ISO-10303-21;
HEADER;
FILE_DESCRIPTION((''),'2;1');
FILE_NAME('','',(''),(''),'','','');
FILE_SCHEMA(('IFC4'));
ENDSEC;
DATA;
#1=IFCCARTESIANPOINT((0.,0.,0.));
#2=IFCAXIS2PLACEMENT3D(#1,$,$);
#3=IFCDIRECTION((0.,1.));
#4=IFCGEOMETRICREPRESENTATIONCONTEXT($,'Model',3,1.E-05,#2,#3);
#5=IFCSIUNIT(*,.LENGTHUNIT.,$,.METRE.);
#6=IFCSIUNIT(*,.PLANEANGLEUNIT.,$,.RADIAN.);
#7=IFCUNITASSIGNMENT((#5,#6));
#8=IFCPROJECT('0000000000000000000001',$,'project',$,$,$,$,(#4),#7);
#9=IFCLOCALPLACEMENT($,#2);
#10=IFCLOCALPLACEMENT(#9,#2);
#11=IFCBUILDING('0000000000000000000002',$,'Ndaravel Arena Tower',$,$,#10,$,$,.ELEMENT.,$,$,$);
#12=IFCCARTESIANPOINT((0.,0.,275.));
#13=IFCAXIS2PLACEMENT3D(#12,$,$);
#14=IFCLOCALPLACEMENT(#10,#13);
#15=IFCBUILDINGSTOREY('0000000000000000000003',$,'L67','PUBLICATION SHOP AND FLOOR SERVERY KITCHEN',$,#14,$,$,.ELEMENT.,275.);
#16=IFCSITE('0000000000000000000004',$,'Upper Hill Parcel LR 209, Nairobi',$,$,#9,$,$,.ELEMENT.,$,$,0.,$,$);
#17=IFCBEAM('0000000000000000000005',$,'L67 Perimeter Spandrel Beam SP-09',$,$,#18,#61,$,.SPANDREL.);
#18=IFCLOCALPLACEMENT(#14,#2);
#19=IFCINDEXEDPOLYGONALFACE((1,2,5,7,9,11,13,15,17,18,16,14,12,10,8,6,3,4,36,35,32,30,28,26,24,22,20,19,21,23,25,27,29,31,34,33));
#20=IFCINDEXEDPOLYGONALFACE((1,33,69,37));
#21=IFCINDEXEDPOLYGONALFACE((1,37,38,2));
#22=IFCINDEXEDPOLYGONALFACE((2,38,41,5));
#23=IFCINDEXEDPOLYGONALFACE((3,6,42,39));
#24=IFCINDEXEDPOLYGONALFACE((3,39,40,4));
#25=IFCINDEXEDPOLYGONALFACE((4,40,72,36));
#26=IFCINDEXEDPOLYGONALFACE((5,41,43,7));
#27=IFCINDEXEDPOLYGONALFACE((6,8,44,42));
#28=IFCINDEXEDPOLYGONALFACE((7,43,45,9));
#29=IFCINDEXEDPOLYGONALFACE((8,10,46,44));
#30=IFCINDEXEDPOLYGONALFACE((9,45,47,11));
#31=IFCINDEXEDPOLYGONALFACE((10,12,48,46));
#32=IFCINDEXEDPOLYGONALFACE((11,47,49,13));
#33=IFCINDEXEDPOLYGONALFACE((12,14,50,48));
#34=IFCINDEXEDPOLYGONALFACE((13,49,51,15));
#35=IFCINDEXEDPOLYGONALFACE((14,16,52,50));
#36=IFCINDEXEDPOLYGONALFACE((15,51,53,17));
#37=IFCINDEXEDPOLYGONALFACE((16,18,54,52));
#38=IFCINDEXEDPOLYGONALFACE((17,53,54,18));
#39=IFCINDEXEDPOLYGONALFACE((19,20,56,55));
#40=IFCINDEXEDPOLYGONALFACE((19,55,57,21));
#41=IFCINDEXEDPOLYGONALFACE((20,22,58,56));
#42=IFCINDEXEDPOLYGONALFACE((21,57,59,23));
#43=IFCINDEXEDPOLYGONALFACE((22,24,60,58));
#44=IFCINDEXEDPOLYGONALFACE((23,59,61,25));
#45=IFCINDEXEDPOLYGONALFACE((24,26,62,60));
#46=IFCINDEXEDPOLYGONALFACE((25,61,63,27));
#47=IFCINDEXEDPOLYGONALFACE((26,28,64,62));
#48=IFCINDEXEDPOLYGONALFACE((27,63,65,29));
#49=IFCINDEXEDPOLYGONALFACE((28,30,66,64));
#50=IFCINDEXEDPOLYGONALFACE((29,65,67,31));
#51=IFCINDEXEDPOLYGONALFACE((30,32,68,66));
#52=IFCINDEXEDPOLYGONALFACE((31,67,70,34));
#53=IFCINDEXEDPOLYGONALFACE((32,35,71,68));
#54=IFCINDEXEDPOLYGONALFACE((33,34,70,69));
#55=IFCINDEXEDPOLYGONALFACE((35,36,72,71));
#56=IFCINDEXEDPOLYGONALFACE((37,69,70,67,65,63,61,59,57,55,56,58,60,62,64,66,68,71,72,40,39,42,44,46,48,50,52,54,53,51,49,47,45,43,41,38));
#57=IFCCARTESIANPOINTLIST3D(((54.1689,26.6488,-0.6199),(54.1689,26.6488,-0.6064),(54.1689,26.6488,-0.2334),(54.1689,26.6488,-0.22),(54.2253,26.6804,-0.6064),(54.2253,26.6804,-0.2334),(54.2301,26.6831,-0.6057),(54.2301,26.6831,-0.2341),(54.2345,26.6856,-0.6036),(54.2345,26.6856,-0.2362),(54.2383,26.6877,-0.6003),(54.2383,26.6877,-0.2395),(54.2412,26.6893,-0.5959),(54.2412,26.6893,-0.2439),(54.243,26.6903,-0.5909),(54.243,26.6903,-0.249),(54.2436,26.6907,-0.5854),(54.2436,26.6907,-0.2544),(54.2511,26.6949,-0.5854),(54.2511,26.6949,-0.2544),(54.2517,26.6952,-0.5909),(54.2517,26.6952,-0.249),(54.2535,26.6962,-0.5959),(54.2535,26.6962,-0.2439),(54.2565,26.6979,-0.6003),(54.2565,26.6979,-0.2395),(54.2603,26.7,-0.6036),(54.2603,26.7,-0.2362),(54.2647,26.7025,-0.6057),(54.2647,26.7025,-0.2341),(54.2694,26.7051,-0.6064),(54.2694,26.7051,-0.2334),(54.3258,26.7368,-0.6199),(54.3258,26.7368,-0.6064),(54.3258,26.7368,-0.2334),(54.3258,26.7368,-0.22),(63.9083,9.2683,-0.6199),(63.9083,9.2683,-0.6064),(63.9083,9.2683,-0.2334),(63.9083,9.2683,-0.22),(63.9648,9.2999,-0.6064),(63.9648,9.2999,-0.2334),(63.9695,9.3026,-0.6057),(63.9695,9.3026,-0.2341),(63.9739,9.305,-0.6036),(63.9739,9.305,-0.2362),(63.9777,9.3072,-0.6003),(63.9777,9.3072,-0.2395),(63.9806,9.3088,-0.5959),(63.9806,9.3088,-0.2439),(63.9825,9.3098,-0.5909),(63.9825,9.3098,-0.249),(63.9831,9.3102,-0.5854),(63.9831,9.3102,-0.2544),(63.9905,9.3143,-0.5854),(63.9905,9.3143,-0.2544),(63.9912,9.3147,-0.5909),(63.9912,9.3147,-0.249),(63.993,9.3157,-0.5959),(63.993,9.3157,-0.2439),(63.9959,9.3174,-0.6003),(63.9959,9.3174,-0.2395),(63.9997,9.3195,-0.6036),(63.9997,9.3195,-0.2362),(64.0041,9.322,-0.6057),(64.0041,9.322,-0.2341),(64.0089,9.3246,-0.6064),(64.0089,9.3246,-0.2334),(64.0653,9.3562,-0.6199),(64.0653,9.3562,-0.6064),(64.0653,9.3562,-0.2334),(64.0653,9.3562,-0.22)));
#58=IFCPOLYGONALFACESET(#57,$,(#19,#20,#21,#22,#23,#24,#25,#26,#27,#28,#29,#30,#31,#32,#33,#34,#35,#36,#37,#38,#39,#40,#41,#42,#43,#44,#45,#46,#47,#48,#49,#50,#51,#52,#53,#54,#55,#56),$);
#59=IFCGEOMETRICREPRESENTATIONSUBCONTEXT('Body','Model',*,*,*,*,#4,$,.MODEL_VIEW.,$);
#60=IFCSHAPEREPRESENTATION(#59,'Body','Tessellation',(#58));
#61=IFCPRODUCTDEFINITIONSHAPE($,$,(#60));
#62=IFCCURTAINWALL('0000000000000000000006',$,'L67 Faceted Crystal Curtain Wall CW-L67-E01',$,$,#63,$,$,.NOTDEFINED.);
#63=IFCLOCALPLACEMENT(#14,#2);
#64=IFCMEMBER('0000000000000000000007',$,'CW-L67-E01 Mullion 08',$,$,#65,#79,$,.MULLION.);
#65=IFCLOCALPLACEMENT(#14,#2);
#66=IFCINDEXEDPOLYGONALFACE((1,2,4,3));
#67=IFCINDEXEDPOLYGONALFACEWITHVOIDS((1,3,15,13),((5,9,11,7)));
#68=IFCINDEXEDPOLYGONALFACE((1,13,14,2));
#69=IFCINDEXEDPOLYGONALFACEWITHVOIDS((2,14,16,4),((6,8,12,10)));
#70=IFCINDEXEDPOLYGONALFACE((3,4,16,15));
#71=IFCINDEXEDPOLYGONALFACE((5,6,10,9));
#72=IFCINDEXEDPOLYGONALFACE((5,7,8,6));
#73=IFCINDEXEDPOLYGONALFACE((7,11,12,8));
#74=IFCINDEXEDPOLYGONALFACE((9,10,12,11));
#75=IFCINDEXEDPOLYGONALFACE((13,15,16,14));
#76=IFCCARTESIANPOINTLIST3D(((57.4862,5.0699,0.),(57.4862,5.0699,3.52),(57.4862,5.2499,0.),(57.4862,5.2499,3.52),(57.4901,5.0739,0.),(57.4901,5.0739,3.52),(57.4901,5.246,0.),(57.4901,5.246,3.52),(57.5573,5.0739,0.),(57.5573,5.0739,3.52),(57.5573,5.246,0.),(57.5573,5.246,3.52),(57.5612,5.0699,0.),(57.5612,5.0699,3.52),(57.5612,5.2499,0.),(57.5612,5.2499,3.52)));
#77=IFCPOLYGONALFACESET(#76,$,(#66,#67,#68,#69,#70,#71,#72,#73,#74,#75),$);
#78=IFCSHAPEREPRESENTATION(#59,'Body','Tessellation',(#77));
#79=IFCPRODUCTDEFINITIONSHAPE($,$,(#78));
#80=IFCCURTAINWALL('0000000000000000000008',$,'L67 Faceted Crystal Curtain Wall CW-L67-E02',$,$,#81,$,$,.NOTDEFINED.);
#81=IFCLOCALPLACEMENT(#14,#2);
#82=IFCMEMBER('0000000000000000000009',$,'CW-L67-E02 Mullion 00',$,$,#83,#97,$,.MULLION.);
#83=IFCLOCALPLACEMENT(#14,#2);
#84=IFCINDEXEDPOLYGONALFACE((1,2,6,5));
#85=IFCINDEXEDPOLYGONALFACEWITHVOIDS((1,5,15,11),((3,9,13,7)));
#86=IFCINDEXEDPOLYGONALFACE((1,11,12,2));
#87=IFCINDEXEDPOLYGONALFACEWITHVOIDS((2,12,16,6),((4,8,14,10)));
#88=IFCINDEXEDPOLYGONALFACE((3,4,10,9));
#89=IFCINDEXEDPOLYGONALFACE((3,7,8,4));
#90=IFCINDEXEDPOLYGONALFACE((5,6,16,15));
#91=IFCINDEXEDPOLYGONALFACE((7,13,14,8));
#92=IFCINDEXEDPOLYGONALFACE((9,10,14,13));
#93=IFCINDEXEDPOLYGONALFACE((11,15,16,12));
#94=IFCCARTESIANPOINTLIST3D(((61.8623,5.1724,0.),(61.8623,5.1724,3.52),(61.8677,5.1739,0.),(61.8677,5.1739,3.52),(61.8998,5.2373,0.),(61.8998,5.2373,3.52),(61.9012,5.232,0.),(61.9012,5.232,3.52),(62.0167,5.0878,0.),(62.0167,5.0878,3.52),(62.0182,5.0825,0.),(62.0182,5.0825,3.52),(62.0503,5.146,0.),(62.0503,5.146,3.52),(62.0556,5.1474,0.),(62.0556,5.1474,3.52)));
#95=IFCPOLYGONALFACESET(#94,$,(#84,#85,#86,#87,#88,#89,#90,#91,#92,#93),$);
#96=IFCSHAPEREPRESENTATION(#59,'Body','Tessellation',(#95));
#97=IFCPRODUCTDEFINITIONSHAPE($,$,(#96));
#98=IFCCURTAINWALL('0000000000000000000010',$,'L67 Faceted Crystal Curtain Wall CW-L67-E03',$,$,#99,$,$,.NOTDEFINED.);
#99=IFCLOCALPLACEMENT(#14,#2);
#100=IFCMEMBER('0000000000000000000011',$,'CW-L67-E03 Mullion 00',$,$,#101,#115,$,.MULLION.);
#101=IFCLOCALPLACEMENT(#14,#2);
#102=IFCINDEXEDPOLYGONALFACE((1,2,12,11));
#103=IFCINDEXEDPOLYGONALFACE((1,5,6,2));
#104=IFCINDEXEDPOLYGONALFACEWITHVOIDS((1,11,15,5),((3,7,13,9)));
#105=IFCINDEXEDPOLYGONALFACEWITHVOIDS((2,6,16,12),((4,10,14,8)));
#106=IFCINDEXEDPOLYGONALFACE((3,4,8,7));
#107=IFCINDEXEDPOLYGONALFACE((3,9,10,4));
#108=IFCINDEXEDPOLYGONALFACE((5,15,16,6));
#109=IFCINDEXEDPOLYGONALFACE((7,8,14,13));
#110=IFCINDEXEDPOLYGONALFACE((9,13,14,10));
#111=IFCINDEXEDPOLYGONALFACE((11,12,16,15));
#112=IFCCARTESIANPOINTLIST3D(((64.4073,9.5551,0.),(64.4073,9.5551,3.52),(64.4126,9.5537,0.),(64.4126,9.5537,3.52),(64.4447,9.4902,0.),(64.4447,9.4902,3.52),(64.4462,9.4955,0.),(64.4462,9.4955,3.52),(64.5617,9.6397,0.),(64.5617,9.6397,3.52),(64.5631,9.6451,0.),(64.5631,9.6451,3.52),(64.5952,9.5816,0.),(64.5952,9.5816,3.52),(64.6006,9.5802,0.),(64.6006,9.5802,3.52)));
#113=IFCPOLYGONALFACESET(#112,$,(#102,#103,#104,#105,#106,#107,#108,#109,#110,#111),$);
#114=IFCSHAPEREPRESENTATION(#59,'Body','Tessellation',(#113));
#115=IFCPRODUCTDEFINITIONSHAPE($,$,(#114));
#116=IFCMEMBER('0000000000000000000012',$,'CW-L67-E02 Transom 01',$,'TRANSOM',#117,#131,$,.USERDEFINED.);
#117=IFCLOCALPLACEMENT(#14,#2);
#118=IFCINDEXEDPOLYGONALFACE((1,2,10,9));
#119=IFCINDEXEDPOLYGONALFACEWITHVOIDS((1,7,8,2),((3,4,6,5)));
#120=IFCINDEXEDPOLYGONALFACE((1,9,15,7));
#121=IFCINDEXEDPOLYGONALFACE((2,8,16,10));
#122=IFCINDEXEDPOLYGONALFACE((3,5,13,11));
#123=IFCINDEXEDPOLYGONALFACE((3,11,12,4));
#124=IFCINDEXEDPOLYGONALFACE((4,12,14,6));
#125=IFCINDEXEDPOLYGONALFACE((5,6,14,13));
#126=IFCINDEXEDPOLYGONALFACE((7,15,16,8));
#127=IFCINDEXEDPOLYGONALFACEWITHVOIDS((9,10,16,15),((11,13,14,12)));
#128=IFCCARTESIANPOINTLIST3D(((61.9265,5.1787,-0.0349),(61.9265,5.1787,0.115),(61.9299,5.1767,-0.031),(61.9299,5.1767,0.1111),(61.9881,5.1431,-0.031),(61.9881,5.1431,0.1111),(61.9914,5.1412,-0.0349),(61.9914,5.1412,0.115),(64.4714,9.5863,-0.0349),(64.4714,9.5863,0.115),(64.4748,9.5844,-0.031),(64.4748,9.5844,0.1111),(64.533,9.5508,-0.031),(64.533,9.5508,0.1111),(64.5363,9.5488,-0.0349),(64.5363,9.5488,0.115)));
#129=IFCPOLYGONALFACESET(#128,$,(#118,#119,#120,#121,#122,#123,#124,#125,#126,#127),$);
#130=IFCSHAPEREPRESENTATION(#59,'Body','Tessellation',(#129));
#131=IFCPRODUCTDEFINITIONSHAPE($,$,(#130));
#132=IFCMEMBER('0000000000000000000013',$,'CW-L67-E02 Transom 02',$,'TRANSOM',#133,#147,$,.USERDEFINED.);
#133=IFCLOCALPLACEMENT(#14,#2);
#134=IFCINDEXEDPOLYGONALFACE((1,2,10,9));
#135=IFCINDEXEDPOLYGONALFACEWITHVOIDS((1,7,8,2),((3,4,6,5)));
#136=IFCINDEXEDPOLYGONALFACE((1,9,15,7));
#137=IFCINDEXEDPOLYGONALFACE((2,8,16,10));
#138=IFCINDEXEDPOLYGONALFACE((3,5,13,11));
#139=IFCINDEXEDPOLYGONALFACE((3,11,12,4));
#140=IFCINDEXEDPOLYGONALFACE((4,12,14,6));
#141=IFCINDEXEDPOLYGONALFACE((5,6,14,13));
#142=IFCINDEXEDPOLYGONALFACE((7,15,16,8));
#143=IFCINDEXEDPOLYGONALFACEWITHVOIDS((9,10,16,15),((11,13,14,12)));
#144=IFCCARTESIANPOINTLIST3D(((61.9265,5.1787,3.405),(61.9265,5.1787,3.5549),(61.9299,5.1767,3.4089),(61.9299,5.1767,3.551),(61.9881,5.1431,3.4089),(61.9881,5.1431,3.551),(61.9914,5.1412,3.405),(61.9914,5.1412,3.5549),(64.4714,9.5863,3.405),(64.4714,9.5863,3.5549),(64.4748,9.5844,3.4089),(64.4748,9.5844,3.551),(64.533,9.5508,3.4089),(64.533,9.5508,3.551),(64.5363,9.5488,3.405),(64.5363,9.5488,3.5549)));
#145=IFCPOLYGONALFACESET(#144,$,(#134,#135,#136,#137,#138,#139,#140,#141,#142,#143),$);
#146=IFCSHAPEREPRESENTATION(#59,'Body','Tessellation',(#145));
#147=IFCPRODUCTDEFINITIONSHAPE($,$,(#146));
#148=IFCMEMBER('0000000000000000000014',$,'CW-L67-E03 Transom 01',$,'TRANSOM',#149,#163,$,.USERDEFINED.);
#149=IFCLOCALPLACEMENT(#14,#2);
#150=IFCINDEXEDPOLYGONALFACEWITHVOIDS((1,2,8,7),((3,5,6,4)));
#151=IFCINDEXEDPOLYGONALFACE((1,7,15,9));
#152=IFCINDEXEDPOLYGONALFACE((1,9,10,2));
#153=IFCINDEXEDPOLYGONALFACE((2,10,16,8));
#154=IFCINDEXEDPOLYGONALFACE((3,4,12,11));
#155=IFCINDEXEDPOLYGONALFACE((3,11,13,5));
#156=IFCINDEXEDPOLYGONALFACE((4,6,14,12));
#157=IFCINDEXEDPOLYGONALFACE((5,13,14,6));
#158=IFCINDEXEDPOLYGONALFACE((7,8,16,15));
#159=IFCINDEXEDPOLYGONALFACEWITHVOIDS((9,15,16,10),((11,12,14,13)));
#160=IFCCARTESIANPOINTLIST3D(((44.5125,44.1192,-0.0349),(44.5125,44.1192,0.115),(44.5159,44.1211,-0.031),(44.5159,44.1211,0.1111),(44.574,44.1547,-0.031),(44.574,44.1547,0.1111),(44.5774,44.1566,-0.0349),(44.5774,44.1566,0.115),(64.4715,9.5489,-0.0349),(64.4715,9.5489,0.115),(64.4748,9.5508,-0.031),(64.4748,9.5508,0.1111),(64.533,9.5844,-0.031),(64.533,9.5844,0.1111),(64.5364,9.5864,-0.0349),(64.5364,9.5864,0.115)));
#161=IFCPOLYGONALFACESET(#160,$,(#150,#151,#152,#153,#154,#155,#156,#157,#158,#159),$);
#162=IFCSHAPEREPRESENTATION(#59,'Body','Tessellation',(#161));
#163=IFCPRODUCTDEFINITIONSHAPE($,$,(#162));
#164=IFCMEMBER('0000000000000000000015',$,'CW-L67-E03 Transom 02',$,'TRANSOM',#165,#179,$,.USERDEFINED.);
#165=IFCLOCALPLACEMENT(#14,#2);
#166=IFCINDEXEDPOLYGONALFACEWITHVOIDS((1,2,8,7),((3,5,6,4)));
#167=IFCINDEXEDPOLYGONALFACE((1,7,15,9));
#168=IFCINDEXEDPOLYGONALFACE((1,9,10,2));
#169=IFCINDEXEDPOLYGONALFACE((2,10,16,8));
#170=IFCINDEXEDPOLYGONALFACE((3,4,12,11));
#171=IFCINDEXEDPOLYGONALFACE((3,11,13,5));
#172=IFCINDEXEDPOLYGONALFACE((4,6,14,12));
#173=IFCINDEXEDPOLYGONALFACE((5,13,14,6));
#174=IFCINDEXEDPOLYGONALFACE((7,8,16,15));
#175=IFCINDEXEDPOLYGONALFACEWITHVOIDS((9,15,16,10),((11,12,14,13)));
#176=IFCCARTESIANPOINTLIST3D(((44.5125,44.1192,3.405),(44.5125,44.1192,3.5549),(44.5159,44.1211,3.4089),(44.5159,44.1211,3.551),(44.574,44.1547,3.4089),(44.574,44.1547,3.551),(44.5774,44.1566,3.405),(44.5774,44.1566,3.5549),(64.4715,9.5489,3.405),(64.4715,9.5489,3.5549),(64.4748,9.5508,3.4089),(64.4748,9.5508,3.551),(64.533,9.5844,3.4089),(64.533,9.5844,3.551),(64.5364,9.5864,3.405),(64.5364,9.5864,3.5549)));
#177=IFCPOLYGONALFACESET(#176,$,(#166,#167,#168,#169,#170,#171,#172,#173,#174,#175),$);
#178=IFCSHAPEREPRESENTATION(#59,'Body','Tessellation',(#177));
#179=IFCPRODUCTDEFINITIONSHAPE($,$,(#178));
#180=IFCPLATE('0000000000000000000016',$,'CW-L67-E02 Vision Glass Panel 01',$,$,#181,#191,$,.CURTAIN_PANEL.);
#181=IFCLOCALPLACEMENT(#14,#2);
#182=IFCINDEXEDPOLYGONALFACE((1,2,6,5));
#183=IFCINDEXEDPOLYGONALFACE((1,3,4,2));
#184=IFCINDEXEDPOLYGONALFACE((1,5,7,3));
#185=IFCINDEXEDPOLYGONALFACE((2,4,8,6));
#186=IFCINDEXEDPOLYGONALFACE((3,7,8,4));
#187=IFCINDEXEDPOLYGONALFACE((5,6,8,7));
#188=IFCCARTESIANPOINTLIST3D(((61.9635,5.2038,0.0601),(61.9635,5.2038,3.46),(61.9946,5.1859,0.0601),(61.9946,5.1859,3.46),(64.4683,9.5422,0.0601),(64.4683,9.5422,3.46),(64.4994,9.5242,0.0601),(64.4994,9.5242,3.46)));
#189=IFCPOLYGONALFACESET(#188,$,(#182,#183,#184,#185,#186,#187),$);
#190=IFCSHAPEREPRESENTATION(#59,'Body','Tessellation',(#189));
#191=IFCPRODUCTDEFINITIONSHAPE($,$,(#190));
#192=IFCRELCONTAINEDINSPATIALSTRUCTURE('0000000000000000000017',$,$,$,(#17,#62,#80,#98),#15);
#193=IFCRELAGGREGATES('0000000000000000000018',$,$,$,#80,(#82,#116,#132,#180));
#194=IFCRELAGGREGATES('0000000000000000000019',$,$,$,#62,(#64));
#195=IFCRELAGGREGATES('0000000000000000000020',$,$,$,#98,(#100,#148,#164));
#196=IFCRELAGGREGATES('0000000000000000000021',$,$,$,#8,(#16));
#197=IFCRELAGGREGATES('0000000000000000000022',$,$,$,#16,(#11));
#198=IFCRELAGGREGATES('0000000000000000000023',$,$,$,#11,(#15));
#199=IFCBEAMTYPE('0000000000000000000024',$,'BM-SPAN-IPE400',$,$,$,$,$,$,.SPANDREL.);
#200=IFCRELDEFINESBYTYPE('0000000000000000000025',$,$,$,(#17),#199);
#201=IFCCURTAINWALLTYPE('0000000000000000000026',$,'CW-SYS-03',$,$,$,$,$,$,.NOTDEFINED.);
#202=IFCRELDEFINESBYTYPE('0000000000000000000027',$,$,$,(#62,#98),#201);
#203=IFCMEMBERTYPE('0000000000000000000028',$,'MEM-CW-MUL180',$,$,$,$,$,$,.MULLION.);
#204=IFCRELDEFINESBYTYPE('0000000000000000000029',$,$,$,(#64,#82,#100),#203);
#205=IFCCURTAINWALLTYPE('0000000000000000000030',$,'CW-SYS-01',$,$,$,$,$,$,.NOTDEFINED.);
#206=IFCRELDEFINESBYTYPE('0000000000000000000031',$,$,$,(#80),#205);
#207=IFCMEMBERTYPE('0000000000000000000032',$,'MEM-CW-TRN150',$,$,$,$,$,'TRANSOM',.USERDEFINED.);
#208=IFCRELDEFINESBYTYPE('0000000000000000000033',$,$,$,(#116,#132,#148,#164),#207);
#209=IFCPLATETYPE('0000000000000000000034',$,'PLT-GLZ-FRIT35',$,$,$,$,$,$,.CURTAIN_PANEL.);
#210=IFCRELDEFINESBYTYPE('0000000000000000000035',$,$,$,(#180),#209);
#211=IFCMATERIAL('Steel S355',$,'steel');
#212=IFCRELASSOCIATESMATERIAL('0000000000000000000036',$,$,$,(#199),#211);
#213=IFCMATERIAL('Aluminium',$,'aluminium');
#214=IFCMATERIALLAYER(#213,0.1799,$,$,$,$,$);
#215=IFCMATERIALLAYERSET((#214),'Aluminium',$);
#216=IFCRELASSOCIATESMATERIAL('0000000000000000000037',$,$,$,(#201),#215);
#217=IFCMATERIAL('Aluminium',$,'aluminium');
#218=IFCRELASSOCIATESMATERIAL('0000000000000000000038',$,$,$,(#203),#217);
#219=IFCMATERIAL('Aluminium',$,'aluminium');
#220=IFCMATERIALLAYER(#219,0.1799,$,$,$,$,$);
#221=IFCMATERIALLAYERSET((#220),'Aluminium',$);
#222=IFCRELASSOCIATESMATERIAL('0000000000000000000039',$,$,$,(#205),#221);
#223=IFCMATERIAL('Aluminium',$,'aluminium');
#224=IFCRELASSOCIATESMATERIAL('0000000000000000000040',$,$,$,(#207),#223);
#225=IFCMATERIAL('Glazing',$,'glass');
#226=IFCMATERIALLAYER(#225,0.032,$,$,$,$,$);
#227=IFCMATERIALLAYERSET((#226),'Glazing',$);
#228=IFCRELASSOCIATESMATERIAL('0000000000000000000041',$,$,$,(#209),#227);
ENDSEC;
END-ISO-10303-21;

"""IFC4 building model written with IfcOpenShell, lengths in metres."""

from ifc_helpers import new_model, si_unit, direction, frame, origin, origin_2d, place, context, subcontext, project, spatial, rectangle, hollow_rectangle, i_section, extrude, material, layer, layer_set, material_profile, profile_set, type_object, element, aggregate, save


model = new_model("IFC4")

# Units and contexts
model_context = context("Model", 3, precision=1e-05, world=origin(), true_north=direction((0.0, 1.0)))
body_context = subcontext(model_context, "Body", "Model", "MODEL_VIEW")
ifc_project = project(units=[si_unit("LENGTHUNIT", "METRE"), si_unit("PLANEANGLEUNIT", "RADIAN")], contexts=[model_context])

# Site, building, storey
site_placement = place(None, origin())
site = spatial("IfcSite", under=ifc_project, at=site_placement, Name="Upper Hill Parcel LR 209, Nairobi", CompositionType="ELEMENT", RefElevation=0.0)
building_placement = place(site_placement, origin())
building = spatial("IfcBuilding", under=site, at=building_placement, Name="Ndaravel Arena Tower", CompositionType="ELEMENT")
storey_placement = place(building_placement, frame((0.0, 0.0, 275.0)))
storey = spatial("IfcBuildingStorey", under=building, at=storey_placement, Name="L67", Description="PUBLICATION SHOP AND FLOOR SERVERY KITCHEN", CompositionType="ELEMENT", Elevation=275.0)

# Beam
ifc_material_1 = material(Name="Steel S355", Category="steel")
ifc_material_profile_1 = material_profile(ifc_material_1, i_section(OverallWidth=0.1799, OverallDepth=0.3999, WebThickness=0.0085, FlangeThickness=0.0134, FilletRadius=0.021, at=origin_2d()), Name="IPE 400")
ifc_profile_set_1 = profile_set([ifc_material_profile_1], Name="Steel S355")
beam_type = type_object("IfcBeamType", Name="BM-SPAN-IPE400", PredefinedType="SPANDREL", material=ifc_profile_set_1)
beam_1_placement = place(storey_placement, frame((63.9868, 9.3123, -0.4199), z_axis=(-0.488846, 0.87237, 0.0), x_axis=(-0.87237, -0.488846, 0.0)))
element("IfcBeam", 1, at=beam_1_placement, inside=storey, type_object=beam_type, Name="L67 Perimeter Spandrel Beam SP-09", PredefinedType="SPANDREL", context=body_context, shape_type="SweptSolid", body=[
    extrude(i_section(OverallWidth=0.1799, OverallDepth=0.3999, WebThickness=0.0085, FlangeThickness=0.0134, FilletRadius=0.021, at=origin_2d()), origin(), (0.0, 0.0, 1.0), 19.9233),
])

# Curtain walls, members
ifc_material_2 = material(Name="Aluminium", Category="aluminium")
ifc_layer_1 = layer(ifc_material_2, 0.1799)
ifc_layer_set_1 = layer_set([ifc_layer_1], Name="Aluminium")
curtain_wall_type_1 = type_object("IfcCurtainWallType", Name="CW-SYS-03", PredefinedType="NOTDEFINED", material=ifc_layer_set_1)
curtain_wall_1_placement = place(storey_placement, origin())
curtain_wall_1 = element("IfcCurtainWall", 2, at=curtain_wall_1_placement, inside=storey, type_object=curtain_wall_type_1, Name="L67 Faceted Crystal Curtain Wall CW-L67-E01", PredefinedType="NOTDEFINED")
ifc_material_3 = material(Name="Aluminium", Category="aluminium")
ifc_material_profile_2 = material_profile(ifc_material_3, hollow_rectangle(XDim=0.075, YDim=0.1799, WallThickness=0.0039, at=origin_2d()), Name="CW MULLION 75x180x4")
ifc_profile_set_2 = profile_set([ifc_material_profile_2], Name="Aluminium")
member_type_1 = type_object("IfcMemberType", Name="MEM-CW-MUL180", PredefinedType="MULLION", material=ifc_profile_set_2)
member_1_placement = place(storey_placement, frame((57.5237, 5.1599, 0.0), z_axis=(0.0, 0.0, 1.0), x_axis=(1.0, 0.0, 0.0)))
member_1 = element("IfcMember", 3, at=member_1_placement, type_object=member_type_1, Name="CW-L67-E01 Mullion 08", PredefinedType="MULLION", context=body_context, shape_type="SweptSolid", body=[
    extrude(hollow_rectangle(XDim=0.075, YDim=0.1799, WallThickness=0.0039, at=origin_2d()), origin(), (0.0, 0.0, 1.0), 3.52),
])
ifc_material_4 = material(Name="Aluminium", Category="aluminium")
ifc_layer_2 = layer(ifc_material_4, 0.1799)
ifc_layer_set_2 = layer_set([ifc_layer_2], Name="Aluminium")
curtain_wall_type_2 = type_object("IfcCurtainWallType", Name="CW-SYS-01", PredefinedType="NOTDEFINED", material=ifc_layer_set_2)
curtain_wall_2_placement = place(storey_placement, origin())
curtain_wall_2 = element("IfcCurtainWall", 4, at=curtain_wall_2_placement, inside=storey, type_object=curtain_wall_type_2, Name="L67 Faceted Crystal Curtain Wall CW-L67-E02", PredefinedType="NOTDEFINED")
member_2_placement = place(storey_placement, frame((61.959, 5.1599, 0.0), z_axis=(0.0, 0.0, 1.0), x_axis=(0.5, 0.866025, 0.0)))
member_2 = element("IfcMember", 5, at=member_2_placement, type_object=member_type_1, Name="CW-L67-E02 Mullion 00", PredefinedType="MULLION", context=body_context, shape_type="SweptSolid", body=[
    extrude(hollow_rectangle(XDim=0.075, YDim=0.1799, WallThickness=0.0039, at=origin_2d()), origin(), (0.0, 0.0, 1.0), 3.52),
])
curtain_wall_3_placement = place(storey_placement, origin())
curtain_wall_3 = element("IfcCurtainWall", 6, at=curtain_wall_3_placement, inside=storey, type_object=curtain_wall_type_1, Name="L67 Faceted Crystal Curtain Wall CW-L67-E03", PredefinedType="NOTDEFINED")
member_3_placement = place(storey_placement, frame((64.5039, 9.5676, 0.0), z_axis=(0.0, 0.0, 1.0), x_axis=(-0.5, 0.866025, 0.0)))
member_3 = element("IfcMember", 7, at=member_3_placement, type_object=member_type_1, Name="CW-L67-E03 Mullion 00", PredefinedType="MULLION", context=body_context, shape_type="SweptSolid", body=[
    extrude(hollow_rectangle(XDim=0.075, YDim=0.1799, WallThickness=0.0039, at=origin_2d()), origin(), (0.0, 0.0, 1.0), 3.52),
])

# Members
ifc_material_5 = material(Name="Aluminium", Category="aluminium")
ifc_material_profile_3 = material_profile(ifc_material_5, hollow_rectangle(XDim=0.075, YDim=0.1499, WallThickness=0.0039, at=origin_2d()), Name="CW TRANSOM 75x150x4")
ifc_profile_set_3 = profile_set([ifc_material_profile_3], Name="Aluminium")
member_type_2 = type_object("IfcMemberType", Name="MEM-CW-TRN150", ElementType="TRANSOM", PredefinedType="USERDEFINED", material=ifc_profile_set_3)
member_4_placement = place(storey_placement, frame((61.959, 5.1599, 0.04), z_axis=(0.500019, 0.866015, 0.0), x_axis=(-0.866015, 0.500019, 0.0)))
member_4 = element("IfcMember", 8, at=member_4_placement, type_object=member_type_2, Name="CW-L67-E02 Transom 01", ObjectType="TRANSOM", PredefinedType="USERDEFINED", context=body_context, shape_type="SweptSolid", body=[
    extrude(hollow_rectangle(XDim=0.075, YDim=0.1499, WallThickness=0.0039, at=origin_2d()), origin(), (0.0, 0.0, 1.0), 5.0896),
])
member_5_placement = place(storey_placement, frame((61.959, 5.1599, 3.48), z_axis=(0.500019, 0.866015, 0.0), x_axis=(-0.866015, 0.500019, 0.0)))
member_5 = element("IfcMember", 9, at=member_5_placement, type_object=member_type_2, Name="CW-L67-E02 Transom 02", ObjectType="TRANSOM", PredefinedType="USERDEFINED", context=body_context, shape_type="SweptSolid", body=[
    extrude(hollow_rectangle(XDim=0.075, YDim=0.1499, WallThickness=0.0039, at=origin_2d()), origin(), (0.0, 0.0, 1.0), 5.0896),
])
member_6_placement = place(storey_placement, frame((64.5039, 9.5676, 0.04), z_axis=(-0.499996, 0.866028, 0.0), x_axis=(-0.866028, -0.499996, 0.0)))
member_6 = element("IfcMember", 10, at=member_6_placement, type_object=member_type_2, Name="CW-L67-E03 Transom 01", ObjectType="TRANSOM", PredefinedType="USERDEFINED", context=body_context, shape_type="SweptSolid", body=[
    extrude(hollow_rectangle(XDim=0.075, YDim=0.1499, WallThickness=0.0039, at=origin_2d()), origin(), (0.0, 0.0, 1.0), 39.9182),
])
member_7_placement = place(storey_placement, frame((64.5039, 9.5676, 3.48), z_axis=(-0.499996, 0.866028, 0.0), x_axis=(-0.866028, -0.499996, 0.0)))
member_7 = element("IfcMember", 11, at=member_7_placement, type_object=member_type_2, Name="CW-L67-E03 Transom 02", ObjectType="TRANSOM", PredefinedType="USERDEFINED", context=body_context, shape_type="SweptSolid", body=[
    extrude(hollow_rectangle(XDim=0.075, YDim=0.1499, WallThickness=0.0039, at=origin_2d()), origin(), (0.0, 0.0, 1.0), 39.9182),
])

# Plate
ifc_material_6 = material(Name="Glazing", Category="glass")
ifc_layer_3 = layer(ifc_material_6, 0.032)
ifc_layer_set_3 = layer_set([ifc_layer_3], Name="Glazing")
plate_type_1 = type_object("IfcPlateType", Name="PLT-GLZ-FRIT35", PredefinedType="CURTAIN_PANEL", material=ifc_layer_set_3)
plate_1_placement = place(storey_placement, frame((63.2314, 7.364, 0.0601), z_axis=(0.0, 0.0, 1.0), x_axis=(0.5, 0.866025, 0.0)))
plate_1 = element("IfcPlate", 12, at=plate_1_placement, type_object=plate_type_1, Name="CW-L67-E02 Vision Glass Panel 01", PredefinedType="CURTAIN_PANEL", context=body_context, shape_type="SweptSolid", body=[
    extrude(rectangle(XDim=5.0095, YDim=0.0359, at=origin_2d()), origin(), (0.0, 0.0, 1.0), 3.3999),
])
aggregate(curtain_wall_2, [member_2, member_4, member_5, plate_1])
aggregate(curtain_wall_1, [member_1])
aggregate(curtain_wall_3, [member_3, member_6, member_7])

save(model, "model.ifc")
